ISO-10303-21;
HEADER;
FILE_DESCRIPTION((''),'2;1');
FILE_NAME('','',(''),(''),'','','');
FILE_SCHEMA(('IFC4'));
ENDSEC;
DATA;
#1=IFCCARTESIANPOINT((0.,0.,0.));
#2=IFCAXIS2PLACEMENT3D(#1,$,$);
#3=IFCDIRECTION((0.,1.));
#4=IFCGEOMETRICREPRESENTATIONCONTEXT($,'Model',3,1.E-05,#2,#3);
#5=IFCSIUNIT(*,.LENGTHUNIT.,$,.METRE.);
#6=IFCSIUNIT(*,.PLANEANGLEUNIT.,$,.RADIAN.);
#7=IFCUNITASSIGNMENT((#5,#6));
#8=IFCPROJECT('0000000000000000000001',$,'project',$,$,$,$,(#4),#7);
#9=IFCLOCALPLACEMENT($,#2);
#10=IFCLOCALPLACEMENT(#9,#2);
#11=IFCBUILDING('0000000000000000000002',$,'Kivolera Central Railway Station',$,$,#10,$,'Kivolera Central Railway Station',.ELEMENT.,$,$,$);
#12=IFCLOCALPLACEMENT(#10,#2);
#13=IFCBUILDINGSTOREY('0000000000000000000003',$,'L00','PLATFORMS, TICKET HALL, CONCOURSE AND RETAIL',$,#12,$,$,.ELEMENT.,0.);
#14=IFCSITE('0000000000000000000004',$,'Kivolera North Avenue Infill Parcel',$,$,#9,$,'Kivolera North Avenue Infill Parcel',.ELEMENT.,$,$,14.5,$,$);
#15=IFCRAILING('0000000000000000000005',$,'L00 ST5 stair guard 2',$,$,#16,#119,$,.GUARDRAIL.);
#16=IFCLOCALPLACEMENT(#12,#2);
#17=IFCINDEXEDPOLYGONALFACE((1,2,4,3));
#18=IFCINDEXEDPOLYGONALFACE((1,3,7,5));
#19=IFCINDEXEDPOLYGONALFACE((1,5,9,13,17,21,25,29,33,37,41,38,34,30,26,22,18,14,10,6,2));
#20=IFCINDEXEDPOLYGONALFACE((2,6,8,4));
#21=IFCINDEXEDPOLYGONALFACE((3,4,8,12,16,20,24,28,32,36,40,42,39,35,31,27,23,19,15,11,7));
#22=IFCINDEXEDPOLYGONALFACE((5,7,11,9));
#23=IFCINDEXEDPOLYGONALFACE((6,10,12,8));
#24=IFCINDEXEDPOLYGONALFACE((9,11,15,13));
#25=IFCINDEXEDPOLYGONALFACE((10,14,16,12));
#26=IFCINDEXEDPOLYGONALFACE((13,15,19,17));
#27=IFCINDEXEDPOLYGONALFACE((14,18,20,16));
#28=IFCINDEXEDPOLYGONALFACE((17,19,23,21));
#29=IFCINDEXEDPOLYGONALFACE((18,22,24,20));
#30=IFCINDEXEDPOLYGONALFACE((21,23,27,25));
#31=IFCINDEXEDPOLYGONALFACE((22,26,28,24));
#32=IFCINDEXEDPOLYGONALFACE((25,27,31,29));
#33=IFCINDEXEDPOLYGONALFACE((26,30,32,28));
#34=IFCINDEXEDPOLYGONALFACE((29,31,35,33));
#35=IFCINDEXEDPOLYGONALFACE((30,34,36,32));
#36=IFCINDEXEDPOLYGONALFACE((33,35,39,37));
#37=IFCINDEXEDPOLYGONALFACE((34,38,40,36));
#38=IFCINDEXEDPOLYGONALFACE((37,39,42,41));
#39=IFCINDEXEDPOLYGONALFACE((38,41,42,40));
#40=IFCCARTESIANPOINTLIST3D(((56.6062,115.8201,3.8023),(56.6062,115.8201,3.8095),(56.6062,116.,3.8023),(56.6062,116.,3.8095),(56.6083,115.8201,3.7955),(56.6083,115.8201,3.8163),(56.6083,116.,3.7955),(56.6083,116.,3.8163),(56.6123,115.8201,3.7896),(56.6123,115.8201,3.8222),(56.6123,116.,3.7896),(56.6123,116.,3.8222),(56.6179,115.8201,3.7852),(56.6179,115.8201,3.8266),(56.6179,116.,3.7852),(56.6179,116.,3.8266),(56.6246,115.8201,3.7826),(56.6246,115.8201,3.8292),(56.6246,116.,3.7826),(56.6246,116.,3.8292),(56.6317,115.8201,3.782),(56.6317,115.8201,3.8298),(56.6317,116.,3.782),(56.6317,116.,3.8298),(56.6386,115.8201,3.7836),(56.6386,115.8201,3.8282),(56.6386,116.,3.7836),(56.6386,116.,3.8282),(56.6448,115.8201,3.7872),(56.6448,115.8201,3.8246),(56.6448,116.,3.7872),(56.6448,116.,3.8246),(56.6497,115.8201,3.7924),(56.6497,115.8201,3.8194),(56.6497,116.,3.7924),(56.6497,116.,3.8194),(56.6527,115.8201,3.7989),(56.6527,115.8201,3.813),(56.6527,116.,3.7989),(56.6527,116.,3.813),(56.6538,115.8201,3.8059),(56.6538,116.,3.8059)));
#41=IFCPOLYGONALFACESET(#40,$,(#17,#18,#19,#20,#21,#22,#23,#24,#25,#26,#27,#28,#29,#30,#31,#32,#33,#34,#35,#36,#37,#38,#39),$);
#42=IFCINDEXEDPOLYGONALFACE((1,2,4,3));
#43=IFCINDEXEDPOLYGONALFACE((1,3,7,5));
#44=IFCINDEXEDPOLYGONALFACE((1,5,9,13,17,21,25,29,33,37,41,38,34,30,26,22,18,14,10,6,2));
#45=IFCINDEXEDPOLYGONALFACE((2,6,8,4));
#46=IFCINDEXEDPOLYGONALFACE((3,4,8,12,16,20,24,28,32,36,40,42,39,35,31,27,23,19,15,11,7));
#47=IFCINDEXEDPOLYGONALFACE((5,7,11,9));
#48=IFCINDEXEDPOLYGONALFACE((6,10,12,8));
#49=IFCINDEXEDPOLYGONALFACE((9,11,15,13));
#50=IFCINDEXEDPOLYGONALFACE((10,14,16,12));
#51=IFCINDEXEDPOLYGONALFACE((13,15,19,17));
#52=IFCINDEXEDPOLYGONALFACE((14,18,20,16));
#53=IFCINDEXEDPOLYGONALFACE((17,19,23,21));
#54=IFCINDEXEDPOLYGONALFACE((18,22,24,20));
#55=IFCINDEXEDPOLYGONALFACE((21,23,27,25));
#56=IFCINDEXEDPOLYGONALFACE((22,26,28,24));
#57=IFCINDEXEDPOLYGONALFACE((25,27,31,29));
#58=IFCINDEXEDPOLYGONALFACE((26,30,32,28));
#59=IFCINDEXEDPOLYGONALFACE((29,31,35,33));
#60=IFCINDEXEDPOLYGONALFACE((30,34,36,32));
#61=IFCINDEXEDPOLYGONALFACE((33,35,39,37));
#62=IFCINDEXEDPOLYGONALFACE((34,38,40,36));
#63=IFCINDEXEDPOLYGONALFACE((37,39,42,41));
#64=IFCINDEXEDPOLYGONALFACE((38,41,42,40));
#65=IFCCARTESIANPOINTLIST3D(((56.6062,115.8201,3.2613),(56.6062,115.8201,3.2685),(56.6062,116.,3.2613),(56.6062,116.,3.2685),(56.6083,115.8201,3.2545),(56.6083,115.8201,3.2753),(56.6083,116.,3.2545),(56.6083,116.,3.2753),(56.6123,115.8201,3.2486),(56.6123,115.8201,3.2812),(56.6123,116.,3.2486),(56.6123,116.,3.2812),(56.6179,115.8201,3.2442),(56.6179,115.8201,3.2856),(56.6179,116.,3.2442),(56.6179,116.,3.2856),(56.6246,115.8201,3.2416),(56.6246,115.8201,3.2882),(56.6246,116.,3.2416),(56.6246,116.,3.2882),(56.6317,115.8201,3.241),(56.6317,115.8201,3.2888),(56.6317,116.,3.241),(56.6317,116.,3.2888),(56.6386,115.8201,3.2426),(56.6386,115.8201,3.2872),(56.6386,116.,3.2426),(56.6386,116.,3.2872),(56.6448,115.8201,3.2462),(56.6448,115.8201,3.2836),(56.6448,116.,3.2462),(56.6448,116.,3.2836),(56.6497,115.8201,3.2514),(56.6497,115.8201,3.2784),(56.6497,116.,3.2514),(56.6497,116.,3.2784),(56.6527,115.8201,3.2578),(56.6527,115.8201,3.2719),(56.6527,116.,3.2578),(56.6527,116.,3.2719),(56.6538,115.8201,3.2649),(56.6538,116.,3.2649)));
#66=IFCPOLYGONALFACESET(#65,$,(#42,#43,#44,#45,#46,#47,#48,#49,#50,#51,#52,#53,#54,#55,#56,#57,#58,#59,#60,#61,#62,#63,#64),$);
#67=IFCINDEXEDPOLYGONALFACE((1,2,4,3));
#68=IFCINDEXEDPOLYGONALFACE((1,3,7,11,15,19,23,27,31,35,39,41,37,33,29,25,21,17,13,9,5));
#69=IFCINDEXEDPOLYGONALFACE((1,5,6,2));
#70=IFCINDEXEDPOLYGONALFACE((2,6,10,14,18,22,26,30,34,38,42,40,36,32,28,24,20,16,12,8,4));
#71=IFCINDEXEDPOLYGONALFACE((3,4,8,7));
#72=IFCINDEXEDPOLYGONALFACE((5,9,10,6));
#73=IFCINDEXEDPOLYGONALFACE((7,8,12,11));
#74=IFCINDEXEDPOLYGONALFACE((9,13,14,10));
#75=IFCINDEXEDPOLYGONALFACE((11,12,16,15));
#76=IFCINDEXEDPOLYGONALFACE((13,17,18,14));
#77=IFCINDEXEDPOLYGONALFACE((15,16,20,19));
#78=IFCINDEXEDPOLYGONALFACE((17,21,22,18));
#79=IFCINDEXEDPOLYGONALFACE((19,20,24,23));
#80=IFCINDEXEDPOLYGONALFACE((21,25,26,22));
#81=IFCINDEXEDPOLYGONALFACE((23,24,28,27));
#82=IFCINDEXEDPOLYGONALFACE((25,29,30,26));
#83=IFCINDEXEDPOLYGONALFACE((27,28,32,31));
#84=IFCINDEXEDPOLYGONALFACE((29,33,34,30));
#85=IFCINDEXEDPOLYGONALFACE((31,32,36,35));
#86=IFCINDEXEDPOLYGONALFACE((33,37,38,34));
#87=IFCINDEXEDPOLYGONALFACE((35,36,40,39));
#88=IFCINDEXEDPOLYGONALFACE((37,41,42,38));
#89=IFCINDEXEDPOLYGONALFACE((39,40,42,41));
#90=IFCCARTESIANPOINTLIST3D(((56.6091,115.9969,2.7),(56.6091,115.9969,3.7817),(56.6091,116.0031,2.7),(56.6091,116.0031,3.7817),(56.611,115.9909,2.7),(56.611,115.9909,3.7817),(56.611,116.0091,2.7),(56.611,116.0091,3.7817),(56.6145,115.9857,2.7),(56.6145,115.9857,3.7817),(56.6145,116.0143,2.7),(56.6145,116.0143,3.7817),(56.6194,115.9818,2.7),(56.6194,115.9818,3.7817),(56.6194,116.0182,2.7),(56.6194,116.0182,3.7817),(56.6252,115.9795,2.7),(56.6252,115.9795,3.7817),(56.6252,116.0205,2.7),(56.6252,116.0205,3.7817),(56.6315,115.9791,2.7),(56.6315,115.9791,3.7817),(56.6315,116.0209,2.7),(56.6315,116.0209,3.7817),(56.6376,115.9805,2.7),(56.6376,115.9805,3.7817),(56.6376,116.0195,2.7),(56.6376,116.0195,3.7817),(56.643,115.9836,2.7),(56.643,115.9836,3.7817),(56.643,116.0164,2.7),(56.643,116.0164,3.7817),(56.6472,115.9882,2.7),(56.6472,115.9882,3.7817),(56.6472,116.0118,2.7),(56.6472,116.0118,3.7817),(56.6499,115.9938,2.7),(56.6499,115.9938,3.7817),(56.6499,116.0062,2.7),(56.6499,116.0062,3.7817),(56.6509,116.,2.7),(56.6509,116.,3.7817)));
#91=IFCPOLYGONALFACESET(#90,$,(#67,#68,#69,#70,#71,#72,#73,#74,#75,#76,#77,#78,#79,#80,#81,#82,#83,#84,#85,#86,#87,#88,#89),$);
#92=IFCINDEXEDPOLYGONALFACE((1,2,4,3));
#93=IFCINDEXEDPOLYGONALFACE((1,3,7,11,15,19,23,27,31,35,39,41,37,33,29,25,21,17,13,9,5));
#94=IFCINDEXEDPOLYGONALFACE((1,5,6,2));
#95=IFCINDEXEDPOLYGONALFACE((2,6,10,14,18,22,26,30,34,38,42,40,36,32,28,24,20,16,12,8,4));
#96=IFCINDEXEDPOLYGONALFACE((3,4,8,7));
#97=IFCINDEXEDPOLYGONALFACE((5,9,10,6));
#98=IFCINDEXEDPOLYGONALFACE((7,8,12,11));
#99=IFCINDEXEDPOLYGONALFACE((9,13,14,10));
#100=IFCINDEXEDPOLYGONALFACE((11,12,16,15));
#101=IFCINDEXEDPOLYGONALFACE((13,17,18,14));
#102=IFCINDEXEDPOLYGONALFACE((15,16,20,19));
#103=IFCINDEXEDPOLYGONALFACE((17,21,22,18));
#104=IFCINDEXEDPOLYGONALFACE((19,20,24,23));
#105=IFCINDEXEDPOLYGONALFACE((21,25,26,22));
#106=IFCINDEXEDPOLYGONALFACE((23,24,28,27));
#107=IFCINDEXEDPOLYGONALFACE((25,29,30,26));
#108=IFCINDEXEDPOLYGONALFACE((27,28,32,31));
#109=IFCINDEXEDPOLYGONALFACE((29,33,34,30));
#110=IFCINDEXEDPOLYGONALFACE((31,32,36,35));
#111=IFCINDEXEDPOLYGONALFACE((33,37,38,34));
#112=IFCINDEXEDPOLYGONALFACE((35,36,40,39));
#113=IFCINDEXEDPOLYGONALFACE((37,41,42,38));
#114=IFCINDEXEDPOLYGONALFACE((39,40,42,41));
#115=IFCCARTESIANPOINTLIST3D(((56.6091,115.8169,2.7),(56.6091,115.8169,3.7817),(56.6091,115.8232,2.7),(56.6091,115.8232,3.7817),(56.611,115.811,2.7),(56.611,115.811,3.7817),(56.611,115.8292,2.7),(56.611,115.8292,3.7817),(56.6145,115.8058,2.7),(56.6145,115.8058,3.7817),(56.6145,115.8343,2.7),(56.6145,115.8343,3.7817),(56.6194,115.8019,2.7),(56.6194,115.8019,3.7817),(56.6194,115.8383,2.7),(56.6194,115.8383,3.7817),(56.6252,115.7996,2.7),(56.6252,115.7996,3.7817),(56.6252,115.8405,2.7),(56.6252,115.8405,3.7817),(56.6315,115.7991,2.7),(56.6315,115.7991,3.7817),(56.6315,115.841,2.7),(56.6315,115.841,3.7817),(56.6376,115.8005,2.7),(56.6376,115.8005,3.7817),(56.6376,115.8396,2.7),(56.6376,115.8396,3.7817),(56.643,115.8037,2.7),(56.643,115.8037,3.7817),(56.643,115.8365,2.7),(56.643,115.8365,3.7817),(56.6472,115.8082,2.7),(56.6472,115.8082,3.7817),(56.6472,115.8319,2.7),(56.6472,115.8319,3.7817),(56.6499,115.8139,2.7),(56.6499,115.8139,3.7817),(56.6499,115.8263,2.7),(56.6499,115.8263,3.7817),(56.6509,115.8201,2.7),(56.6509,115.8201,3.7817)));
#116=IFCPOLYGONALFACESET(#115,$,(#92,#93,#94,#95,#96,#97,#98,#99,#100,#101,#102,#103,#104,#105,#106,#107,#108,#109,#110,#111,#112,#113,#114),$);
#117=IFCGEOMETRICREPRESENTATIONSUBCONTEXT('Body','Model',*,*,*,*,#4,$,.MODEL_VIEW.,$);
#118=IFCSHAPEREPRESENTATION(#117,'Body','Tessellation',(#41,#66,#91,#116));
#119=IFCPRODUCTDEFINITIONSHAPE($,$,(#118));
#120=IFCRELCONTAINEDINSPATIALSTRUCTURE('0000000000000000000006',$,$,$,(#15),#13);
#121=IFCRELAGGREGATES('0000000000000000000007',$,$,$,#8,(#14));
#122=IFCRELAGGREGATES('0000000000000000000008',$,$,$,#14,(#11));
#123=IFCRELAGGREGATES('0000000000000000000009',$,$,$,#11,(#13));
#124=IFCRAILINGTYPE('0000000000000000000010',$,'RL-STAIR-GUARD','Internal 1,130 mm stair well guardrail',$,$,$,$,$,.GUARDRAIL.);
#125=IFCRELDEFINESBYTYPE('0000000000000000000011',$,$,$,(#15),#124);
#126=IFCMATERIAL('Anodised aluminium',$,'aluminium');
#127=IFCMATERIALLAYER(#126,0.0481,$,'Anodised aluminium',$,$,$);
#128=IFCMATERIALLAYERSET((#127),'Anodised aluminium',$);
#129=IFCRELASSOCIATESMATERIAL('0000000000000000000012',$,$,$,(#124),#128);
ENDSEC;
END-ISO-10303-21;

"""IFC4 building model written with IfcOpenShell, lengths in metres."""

from ifc_helpers import new_model, si_unit, direction, frame, origin, origin_2d, place, context, subcontext, project, spatial, circle, extrude, material, layer, layer_set, type_object, element, save


model = new_model("IFC4")

# Units and contexts
model_context = context("Model", 3, precision=1e-05, world=origin(), true_north=direction((0.0, 1.0)))
body_context = subcontext(model_context, "Body", "Model", "MODEL_VIEW")
ifc_project = project(units=[si_unit("LENGTHUNIT", "METRE"), si_unit("PLANEANGLEUNIT", "RADIAN")], contexts=[model_context])

# Site, building, storey
site_placement = place(None, origin())
site = spatial("IfcSite", under=ifc_project, at=site_placement, Name="Kivolera North Avenue Infill Parcel", LongName="Kivolera North Avenue Infill Parcel", CompositionType="ELEMENT", RefElevation=14.5)
building_placement = place(site_placement, origin())
building = spatial("IfcBuilding", under=site, at=building_placement, Name="Kivolera Central Railway Station", LongName="Kivolera Central Railway Station", CompositionType="ELEMENT")
storey_placement = place(building_placement, origin())
storey = spatial("IfcBuildingStorey", under=building, at=storey_placement, Name="L00", Description="PLATFORMS, TICKET HALL, CONCOURSE AND RETAIL", CompositionType="ELEMENT", Elevation=0.0)

# Railing
ifc_material_1 = material(Name="Anodised aluminium", Category="aluminium")
ifc_layer_1 = layer(ifc_material_1, 0.0481, Name="Anodised aluminium")
ifc_layer_set_1 = layer_set([ifc_layer_1], Name="Anodised aluminium")
railing_type_1 = type_object("IfcRailingType", Name="RL-STAIR-GUARD", Description="Internal 1,130 mm stair well guardrail", PredefinedType="GUARDRAIL", material=ifc_layer_set_1)
railing_1_placement = place(storey_placement, frame((56.6299, 116.0, 2.7)))
element("IfcRailing", 1, at=railing_1_placement, inside=storey, type_object=railing_type_1, Name="L00 ST5 stair guard 2", PredefinedType="GUARDRAIL", context=body_context, shape_type="SweptSolid", body=[
    extrude(circle(Radius=0.0239, at=origin_2d()), frame((0.0, 0.0, 1.106), z_axis=(0.0, -1.0, 0.0), x_axis=(1.0, 0.0, 0.0)), (0.0, 0.0, 1.0), 0.1799),
    extrude(circle(Radius=0.0239, at=origin_2d()), frame((0.0, 0.0, 0.5649), z_axis=(0.0, -1.0, 0.0), x_axis=(1.0, 0.0, 0.0)), (0.0, 0.0, 1.0), 0.1799),
    extrude(circle(Radius=0.021, at=origin_2d()), origin(), (0.0, 0.0, 1.0), 1.0818),
    extrude(circle(Radius=0.021, at=origin_2d()), frame((0.0, -0.1799, 0.0)), (0.0, 0.0, 1.0), 1.0818),
])

save(model, "model.ifc")
